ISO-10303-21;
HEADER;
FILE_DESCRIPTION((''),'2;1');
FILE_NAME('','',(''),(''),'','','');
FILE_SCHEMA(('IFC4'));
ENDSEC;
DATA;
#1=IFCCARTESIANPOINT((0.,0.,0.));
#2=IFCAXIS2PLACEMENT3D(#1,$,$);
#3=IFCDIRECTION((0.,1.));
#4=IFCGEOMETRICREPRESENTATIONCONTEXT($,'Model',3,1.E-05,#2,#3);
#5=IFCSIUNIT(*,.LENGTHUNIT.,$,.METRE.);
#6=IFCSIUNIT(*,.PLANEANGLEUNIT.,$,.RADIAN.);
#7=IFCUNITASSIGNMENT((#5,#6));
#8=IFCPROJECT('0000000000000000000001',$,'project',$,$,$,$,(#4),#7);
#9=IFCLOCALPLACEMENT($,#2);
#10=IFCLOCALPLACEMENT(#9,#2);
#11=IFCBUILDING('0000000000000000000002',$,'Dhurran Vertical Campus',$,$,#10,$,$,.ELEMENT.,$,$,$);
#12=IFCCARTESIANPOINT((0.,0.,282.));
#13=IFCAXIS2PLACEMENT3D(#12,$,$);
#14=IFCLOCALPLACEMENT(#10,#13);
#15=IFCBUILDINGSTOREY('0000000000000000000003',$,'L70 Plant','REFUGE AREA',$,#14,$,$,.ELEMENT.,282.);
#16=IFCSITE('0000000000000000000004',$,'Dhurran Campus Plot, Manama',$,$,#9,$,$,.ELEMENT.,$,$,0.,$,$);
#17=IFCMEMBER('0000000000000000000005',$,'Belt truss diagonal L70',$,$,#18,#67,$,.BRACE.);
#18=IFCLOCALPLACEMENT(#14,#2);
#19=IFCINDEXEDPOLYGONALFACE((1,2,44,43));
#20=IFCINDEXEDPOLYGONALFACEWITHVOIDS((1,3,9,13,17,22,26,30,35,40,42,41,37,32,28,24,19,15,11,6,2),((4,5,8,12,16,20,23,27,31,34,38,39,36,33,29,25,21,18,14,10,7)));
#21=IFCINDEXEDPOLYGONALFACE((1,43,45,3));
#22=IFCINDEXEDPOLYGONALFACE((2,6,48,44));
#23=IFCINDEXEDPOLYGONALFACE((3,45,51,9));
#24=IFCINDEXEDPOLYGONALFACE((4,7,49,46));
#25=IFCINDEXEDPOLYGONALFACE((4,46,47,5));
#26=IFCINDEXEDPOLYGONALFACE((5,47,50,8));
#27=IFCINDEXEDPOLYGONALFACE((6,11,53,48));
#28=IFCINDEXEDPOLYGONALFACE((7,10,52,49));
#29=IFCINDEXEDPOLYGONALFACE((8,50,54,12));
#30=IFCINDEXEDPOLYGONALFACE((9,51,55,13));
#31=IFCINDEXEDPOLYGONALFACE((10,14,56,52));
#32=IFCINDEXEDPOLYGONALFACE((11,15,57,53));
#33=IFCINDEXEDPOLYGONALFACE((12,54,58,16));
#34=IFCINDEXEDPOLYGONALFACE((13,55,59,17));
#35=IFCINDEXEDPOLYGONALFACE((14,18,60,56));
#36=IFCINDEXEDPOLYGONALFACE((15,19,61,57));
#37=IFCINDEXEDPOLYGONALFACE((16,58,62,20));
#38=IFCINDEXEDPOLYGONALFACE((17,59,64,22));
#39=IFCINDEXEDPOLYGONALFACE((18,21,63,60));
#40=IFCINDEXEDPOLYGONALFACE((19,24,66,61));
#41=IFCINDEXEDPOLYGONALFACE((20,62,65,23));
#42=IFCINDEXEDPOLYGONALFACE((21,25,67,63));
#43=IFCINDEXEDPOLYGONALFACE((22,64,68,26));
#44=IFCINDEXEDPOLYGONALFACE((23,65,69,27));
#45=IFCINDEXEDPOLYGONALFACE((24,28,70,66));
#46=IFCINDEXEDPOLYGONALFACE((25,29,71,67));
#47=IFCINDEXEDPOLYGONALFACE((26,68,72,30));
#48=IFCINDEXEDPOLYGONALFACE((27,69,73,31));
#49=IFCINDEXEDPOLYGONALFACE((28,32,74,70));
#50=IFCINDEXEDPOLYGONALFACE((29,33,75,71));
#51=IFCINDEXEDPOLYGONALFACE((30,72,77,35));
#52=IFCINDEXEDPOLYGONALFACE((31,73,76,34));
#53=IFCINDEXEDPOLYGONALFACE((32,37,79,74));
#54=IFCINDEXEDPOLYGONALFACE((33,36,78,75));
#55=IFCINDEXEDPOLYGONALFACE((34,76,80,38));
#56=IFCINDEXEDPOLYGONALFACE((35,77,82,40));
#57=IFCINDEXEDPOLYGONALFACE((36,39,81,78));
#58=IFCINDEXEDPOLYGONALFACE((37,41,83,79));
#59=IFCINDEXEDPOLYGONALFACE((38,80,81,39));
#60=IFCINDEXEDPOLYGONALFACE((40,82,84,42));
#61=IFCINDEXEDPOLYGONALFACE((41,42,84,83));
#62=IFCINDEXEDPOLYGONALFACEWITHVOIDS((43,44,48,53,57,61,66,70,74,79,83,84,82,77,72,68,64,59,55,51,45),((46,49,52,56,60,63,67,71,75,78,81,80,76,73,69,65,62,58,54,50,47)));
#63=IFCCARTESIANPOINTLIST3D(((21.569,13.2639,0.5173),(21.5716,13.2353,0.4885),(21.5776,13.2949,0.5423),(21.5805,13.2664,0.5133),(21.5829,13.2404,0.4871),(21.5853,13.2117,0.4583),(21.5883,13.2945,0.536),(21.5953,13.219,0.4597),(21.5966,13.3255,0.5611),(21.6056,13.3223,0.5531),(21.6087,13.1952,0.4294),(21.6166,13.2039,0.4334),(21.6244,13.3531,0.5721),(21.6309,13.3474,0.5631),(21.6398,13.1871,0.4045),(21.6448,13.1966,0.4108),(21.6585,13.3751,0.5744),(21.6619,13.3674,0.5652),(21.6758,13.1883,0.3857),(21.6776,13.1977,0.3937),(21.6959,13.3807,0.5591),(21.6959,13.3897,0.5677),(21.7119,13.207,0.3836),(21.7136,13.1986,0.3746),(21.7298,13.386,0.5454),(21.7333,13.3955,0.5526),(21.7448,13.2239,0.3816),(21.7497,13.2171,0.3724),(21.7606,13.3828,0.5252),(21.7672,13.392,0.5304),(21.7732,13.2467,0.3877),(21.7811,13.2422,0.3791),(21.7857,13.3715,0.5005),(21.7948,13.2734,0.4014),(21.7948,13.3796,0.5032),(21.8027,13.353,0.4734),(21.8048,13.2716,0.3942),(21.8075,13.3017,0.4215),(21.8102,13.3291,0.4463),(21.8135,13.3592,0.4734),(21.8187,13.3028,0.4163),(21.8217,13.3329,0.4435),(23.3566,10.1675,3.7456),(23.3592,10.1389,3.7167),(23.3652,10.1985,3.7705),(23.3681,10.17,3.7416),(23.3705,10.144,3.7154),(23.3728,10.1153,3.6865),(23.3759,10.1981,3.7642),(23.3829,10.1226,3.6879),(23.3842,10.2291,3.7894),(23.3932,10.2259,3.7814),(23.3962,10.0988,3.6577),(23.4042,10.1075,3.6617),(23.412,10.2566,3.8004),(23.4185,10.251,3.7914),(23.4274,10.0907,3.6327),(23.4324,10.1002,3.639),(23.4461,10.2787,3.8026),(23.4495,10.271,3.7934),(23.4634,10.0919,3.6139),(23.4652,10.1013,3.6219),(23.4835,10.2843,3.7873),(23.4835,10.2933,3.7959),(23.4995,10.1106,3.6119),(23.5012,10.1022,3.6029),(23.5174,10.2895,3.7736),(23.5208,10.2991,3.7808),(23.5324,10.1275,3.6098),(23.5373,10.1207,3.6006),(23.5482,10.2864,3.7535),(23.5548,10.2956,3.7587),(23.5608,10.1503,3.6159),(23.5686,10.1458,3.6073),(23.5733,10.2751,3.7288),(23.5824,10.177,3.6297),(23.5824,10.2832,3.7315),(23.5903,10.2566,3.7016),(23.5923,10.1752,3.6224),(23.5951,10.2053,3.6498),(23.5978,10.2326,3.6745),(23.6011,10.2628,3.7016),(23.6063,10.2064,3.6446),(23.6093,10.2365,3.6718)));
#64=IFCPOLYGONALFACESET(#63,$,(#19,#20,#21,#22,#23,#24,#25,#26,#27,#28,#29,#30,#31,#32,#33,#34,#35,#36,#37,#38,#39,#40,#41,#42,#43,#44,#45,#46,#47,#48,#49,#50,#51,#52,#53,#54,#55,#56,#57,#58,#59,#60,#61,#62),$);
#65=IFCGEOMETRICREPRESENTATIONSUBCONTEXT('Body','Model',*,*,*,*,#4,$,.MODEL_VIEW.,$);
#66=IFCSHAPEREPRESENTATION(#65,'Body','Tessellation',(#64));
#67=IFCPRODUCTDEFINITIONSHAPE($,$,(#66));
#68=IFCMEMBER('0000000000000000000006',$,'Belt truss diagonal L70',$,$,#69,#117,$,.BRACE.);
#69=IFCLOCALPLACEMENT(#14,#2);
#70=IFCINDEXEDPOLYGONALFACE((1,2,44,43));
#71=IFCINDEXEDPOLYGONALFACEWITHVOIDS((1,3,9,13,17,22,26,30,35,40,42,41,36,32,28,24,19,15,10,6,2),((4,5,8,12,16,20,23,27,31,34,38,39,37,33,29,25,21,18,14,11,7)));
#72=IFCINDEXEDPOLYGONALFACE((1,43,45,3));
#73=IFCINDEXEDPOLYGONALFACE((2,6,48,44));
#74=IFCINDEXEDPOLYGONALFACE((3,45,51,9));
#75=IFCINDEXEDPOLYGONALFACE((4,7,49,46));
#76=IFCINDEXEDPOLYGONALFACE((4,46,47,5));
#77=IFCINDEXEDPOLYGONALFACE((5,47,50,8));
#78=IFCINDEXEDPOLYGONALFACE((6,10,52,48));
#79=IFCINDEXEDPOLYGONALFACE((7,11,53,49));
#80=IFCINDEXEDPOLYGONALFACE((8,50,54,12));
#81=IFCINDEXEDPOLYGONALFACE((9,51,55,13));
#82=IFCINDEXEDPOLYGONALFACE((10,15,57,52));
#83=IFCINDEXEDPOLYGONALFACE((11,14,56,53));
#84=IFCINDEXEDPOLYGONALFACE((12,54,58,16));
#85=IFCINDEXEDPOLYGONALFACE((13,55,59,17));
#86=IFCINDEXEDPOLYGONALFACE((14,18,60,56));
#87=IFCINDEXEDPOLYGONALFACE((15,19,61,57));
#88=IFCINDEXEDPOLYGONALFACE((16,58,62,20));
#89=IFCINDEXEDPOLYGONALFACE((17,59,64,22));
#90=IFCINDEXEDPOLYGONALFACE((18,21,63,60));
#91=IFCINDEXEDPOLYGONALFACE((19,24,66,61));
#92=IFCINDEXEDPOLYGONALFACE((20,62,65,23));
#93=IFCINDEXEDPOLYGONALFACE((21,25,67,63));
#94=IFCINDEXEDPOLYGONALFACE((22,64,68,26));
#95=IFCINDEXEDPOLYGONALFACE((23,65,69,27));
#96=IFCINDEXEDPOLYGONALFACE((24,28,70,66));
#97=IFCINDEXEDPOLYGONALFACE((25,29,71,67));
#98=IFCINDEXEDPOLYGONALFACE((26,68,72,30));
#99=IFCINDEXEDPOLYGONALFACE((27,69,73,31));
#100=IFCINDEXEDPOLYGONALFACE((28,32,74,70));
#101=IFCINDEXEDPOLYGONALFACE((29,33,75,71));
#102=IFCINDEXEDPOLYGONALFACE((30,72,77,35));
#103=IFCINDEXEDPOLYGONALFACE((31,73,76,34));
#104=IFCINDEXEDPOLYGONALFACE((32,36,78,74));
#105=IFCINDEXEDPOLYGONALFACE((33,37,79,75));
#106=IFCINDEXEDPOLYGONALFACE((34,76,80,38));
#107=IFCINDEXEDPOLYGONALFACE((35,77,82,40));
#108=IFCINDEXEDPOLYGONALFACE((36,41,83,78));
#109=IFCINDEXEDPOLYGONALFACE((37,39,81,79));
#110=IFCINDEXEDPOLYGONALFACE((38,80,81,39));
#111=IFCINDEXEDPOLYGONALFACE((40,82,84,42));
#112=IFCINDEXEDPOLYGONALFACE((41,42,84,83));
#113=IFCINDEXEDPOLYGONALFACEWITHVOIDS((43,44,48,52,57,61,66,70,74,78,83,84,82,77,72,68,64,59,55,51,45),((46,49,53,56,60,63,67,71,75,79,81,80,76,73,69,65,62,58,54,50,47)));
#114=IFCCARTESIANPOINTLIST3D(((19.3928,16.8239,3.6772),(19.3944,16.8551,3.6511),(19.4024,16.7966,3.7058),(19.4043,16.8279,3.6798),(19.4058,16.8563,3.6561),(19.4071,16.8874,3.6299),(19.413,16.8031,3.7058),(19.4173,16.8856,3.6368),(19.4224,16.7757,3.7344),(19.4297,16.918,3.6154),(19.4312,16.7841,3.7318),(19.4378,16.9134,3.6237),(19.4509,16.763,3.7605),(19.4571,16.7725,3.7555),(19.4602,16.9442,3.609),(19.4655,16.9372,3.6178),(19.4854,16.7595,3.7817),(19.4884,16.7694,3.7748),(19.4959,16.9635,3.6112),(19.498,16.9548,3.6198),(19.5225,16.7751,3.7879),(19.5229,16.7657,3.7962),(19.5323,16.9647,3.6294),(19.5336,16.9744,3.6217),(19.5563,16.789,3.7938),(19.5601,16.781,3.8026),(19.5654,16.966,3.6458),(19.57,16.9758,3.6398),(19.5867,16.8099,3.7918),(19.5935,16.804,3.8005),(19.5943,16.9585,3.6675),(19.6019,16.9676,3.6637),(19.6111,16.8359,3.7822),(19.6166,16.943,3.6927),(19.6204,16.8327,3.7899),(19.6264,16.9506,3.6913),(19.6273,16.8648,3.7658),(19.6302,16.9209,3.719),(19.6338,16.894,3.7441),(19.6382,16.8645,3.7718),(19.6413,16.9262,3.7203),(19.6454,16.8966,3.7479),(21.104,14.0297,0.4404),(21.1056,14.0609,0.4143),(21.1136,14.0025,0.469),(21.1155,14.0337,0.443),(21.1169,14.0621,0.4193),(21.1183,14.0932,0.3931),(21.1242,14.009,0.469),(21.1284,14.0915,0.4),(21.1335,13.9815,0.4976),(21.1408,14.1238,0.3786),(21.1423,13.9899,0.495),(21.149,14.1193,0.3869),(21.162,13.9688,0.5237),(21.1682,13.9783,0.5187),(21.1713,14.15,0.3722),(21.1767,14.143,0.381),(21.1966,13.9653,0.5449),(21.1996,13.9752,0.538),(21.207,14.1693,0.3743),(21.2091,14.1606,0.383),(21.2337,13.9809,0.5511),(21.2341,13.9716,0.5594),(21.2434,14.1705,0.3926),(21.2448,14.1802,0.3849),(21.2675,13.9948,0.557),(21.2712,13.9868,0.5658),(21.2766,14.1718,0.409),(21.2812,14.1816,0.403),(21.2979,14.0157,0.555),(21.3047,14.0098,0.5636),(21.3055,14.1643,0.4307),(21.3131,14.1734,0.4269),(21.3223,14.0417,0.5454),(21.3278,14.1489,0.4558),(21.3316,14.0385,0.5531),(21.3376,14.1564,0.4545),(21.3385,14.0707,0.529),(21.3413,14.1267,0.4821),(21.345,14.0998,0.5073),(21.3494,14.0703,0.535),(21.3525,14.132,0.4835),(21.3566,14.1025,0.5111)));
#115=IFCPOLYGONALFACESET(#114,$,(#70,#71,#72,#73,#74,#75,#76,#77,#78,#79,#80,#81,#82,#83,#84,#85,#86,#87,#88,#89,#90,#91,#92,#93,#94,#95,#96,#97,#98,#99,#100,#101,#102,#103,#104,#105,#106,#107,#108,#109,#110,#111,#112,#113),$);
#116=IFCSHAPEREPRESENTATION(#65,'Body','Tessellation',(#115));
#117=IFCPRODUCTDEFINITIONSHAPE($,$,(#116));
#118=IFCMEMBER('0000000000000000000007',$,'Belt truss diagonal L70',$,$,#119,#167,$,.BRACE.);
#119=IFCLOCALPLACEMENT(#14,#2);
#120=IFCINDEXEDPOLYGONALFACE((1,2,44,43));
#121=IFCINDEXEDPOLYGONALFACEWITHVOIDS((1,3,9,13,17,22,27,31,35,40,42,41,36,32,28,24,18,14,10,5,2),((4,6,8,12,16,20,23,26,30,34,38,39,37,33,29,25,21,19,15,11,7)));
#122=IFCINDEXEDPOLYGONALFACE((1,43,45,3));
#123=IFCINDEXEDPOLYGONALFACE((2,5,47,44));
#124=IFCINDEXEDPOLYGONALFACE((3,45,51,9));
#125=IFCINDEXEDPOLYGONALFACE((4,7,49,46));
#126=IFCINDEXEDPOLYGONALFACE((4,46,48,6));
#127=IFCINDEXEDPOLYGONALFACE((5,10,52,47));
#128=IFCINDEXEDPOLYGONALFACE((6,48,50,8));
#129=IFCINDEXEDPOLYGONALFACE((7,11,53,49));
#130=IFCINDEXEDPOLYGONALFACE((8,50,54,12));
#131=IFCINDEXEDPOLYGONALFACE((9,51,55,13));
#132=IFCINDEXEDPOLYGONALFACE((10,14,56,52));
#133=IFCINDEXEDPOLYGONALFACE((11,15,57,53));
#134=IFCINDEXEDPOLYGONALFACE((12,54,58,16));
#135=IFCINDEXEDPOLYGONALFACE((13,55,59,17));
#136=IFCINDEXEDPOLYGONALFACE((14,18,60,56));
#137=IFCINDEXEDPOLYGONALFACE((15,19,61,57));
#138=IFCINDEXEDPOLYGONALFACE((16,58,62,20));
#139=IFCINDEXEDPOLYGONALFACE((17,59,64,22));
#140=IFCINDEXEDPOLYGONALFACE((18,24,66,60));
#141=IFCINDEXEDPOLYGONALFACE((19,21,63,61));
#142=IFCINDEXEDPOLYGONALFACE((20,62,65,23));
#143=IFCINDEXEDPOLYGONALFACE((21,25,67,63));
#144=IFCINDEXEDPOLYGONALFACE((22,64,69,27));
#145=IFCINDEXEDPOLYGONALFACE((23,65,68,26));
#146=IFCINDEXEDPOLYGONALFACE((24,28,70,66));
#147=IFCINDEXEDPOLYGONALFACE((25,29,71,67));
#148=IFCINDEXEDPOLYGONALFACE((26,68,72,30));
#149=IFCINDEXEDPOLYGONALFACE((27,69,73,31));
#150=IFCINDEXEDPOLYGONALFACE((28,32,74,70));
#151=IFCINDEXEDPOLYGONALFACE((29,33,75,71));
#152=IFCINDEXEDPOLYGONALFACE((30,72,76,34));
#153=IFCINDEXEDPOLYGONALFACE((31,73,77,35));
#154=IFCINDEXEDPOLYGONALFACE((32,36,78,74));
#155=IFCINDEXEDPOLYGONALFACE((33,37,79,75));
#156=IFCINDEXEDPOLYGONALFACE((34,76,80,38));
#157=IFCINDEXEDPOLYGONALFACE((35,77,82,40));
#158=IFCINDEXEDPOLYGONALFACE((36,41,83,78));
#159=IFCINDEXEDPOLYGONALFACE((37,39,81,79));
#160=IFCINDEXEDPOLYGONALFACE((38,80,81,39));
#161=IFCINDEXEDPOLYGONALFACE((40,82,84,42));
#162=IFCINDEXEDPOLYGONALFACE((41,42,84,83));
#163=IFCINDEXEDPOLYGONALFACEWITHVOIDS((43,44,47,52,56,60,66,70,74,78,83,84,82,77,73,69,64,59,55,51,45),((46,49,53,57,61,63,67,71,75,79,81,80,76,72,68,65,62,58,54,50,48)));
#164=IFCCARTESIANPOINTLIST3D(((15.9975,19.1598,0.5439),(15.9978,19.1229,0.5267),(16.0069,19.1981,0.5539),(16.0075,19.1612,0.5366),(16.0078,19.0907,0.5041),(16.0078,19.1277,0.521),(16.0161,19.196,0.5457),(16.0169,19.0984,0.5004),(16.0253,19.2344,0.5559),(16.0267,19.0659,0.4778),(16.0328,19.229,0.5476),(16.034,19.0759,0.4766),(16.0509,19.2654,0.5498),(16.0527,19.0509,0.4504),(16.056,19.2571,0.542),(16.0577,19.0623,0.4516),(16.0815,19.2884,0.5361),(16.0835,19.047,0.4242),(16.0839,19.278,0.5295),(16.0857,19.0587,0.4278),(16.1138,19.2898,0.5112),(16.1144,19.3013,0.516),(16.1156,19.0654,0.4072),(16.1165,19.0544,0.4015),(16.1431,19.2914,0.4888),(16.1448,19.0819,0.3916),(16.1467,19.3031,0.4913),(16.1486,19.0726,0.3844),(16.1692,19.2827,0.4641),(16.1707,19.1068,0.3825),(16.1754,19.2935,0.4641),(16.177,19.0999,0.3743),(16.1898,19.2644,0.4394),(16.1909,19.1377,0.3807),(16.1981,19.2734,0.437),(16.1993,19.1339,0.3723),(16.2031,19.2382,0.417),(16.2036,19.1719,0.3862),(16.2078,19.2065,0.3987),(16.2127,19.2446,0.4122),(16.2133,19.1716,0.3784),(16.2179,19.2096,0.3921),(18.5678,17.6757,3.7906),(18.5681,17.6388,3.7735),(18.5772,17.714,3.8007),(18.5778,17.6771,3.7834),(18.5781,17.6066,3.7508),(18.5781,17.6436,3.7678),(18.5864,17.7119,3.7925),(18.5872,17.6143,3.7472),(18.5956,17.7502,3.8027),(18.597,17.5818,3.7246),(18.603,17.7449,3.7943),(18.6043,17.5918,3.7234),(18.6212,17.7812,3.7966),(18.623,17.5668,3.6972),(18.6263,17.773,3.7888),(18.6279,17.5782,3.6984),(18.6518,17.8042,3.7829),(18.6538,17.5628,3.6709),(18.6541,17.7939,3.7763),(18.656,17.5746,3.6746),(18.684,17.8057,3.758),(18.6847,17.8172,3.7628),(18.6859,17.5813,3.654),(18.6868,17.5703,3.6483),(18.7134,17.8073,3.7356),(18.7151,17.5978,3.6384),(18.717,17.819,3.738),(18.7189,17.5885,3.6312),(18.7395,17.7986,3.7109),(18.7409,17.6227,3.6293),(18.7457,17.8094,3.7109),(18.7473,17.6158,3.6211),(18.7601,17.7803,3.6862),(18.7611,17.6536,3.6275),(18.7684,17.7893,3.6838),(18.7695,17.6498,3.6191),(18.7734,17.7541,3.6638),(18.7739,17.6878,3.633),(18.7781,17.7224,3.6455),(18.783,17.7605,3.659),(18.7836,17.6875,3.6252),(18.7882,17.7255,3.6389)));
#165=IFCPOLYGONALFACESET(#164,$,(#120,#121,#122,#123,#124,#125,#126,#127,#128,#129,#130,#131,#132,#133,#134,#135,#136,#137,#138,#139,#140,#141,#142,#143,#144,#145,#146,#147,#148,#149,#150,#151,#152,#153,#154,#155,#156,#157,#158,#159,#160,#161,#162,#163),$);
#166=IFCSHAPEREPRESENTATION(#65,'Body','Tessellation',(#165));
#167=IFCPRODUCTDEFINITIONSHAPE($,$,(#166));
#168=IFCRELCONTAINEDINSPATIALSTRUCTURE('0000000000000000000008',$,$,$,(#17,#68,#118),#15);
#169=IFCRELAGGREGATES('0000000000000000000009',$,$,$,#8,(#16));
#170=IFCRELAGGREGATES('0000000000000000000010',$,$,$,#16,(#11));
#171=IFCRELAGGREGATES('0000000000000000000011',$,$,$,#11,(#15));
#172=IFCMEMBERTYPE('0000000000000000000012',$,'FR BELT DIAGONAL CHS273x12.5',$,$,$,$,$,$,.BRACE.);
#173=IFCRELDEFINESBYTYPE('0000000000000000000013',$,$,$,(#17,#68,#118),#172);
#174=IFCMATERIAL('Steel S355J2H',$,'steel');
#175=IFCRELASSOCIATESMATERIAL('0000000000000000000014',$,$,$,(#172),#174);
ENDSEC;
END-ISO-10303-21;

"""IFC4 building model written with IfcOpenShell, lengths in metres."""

from ifc_helpers import new_model, si_unit, direction, frame, origin, origin_2d, place, context, subcontext, project, spatial, hollow_circle, extrude, material, material_profile, profile_set, type_object, element, save


model = new_model("IFC4")

# Units and contexts
model_context = context("Model", 3, precision=1e-05, world=origin(), true_north=direction((0.0, 1.0)))
body_context = subcontext(model_context, "Body", "Model", "MODEL_VIEW")
ifc_project = project(units=[si_unit("LENGTHUNIT", "METRE"), si_unit("PLANEANGLEUNIT", "RADIAN")], contexts=[model_context])

# Site, building, storey
site_placement = place(None, origin())
site = spatial("IfcSite", under=ifc_project, at=site_placement, Name="Dhurran Campus Plot, Manama", CompositionType="ELEMENT", RefElevation=0.0)
building_placement = place(site_placement, origin())
building = spatial("IfcBuilding", under=site, at=building_placement, Name="Dhurran Vertical Campus", CompositionType="ELEMENT")
storey_placement = place(building_placement, frame((0.0, 0.0, 282.0)))
storey = spatial("IfcBuildingStorey", under=building, at=storey_placement, Name="L70 Plant", Description="REFUGE AREA", CompositionType="ELEMENT", Elevation=282.0)

# Members
ifc_material_1 = material(Name="Steel S355J2H", Category="steel")
ifc_material_profile_1 = material_profile(ifc_material_1, hollow_circle(Radius=0.1365, WallThickness=0.0125, at=origin_2d()), Name="CHS273x12.5")
ifc_profile_set_1 = profile_set([ifc_material_profile_1], Name="Steel S355J2H")
member_type = type_object("IfcMemberType", Name="FR BELT DIAGONAL CHS273x12.5", PredefinedType="BRACE", material=ifc_profile_set_1)
member_1_placement = place(storey_placement, frame((21.6953, 13.291, 0.4734), z_axis=(0.371089, -0.642791, 0.670159), x_axis=(0.866041, 0.499973, 0.0)))
element("IfcMember", 1, at=member_1_placement, inside=storey, type_object=member_type, Name="Belt truss diagonal L70", PredefinedType="BRACE", context=body_context, shape_type="SweptSolid", body=[
    extrude(hollow_circle(Radius=0.1365, WallThickness=0.0125, at=origin_2d()), origin(), (0.0, 0.0, 1.0), 4.8171),
])
member_2_placement = place(storey_placement, frame((21.23, 14.0737, 0.469), z_axis=(-0.371534, 0.606679, 0.702782), x_axis=(-0.85279, -0.522255, 0.0)))
element("IfcMember", 2, at=member_2_placement, inside=storey, type_object=member_type, Name="Belt truss diagonal L70", PredefinedType="BRACE", context=body_context, shape_type="SweptSolid", body=[
    extrude(hollow_circle(Radius=0.1365, WallThickness=0.0125, at=origin_2d()), origin(), (0.0, 0.0, 1.0), 4.6057),
])
member_3_placement = place(storey_placement, frame((16.1072, 19.1753, 0.4641), z_axis=(0.584297, -0.337381, 0.738086), x_axis=(0.50004, 0.866002, 0.0)))
element("IfcMember", 3, at=member_3_placement, inside=storey, type_object=member_type, Name="Belt truss diagonal L70", PredefinedType="BRACE", context=body_context, shape_type="SweptSolid", body=[
    extrude(hollow_circle(Radius=0.1365, WallThickness=0.0125, at=origin_2d()), origin(), (0.0, 0.0, 1.0), 4.3989),
])

save(model, "model.ifc")
